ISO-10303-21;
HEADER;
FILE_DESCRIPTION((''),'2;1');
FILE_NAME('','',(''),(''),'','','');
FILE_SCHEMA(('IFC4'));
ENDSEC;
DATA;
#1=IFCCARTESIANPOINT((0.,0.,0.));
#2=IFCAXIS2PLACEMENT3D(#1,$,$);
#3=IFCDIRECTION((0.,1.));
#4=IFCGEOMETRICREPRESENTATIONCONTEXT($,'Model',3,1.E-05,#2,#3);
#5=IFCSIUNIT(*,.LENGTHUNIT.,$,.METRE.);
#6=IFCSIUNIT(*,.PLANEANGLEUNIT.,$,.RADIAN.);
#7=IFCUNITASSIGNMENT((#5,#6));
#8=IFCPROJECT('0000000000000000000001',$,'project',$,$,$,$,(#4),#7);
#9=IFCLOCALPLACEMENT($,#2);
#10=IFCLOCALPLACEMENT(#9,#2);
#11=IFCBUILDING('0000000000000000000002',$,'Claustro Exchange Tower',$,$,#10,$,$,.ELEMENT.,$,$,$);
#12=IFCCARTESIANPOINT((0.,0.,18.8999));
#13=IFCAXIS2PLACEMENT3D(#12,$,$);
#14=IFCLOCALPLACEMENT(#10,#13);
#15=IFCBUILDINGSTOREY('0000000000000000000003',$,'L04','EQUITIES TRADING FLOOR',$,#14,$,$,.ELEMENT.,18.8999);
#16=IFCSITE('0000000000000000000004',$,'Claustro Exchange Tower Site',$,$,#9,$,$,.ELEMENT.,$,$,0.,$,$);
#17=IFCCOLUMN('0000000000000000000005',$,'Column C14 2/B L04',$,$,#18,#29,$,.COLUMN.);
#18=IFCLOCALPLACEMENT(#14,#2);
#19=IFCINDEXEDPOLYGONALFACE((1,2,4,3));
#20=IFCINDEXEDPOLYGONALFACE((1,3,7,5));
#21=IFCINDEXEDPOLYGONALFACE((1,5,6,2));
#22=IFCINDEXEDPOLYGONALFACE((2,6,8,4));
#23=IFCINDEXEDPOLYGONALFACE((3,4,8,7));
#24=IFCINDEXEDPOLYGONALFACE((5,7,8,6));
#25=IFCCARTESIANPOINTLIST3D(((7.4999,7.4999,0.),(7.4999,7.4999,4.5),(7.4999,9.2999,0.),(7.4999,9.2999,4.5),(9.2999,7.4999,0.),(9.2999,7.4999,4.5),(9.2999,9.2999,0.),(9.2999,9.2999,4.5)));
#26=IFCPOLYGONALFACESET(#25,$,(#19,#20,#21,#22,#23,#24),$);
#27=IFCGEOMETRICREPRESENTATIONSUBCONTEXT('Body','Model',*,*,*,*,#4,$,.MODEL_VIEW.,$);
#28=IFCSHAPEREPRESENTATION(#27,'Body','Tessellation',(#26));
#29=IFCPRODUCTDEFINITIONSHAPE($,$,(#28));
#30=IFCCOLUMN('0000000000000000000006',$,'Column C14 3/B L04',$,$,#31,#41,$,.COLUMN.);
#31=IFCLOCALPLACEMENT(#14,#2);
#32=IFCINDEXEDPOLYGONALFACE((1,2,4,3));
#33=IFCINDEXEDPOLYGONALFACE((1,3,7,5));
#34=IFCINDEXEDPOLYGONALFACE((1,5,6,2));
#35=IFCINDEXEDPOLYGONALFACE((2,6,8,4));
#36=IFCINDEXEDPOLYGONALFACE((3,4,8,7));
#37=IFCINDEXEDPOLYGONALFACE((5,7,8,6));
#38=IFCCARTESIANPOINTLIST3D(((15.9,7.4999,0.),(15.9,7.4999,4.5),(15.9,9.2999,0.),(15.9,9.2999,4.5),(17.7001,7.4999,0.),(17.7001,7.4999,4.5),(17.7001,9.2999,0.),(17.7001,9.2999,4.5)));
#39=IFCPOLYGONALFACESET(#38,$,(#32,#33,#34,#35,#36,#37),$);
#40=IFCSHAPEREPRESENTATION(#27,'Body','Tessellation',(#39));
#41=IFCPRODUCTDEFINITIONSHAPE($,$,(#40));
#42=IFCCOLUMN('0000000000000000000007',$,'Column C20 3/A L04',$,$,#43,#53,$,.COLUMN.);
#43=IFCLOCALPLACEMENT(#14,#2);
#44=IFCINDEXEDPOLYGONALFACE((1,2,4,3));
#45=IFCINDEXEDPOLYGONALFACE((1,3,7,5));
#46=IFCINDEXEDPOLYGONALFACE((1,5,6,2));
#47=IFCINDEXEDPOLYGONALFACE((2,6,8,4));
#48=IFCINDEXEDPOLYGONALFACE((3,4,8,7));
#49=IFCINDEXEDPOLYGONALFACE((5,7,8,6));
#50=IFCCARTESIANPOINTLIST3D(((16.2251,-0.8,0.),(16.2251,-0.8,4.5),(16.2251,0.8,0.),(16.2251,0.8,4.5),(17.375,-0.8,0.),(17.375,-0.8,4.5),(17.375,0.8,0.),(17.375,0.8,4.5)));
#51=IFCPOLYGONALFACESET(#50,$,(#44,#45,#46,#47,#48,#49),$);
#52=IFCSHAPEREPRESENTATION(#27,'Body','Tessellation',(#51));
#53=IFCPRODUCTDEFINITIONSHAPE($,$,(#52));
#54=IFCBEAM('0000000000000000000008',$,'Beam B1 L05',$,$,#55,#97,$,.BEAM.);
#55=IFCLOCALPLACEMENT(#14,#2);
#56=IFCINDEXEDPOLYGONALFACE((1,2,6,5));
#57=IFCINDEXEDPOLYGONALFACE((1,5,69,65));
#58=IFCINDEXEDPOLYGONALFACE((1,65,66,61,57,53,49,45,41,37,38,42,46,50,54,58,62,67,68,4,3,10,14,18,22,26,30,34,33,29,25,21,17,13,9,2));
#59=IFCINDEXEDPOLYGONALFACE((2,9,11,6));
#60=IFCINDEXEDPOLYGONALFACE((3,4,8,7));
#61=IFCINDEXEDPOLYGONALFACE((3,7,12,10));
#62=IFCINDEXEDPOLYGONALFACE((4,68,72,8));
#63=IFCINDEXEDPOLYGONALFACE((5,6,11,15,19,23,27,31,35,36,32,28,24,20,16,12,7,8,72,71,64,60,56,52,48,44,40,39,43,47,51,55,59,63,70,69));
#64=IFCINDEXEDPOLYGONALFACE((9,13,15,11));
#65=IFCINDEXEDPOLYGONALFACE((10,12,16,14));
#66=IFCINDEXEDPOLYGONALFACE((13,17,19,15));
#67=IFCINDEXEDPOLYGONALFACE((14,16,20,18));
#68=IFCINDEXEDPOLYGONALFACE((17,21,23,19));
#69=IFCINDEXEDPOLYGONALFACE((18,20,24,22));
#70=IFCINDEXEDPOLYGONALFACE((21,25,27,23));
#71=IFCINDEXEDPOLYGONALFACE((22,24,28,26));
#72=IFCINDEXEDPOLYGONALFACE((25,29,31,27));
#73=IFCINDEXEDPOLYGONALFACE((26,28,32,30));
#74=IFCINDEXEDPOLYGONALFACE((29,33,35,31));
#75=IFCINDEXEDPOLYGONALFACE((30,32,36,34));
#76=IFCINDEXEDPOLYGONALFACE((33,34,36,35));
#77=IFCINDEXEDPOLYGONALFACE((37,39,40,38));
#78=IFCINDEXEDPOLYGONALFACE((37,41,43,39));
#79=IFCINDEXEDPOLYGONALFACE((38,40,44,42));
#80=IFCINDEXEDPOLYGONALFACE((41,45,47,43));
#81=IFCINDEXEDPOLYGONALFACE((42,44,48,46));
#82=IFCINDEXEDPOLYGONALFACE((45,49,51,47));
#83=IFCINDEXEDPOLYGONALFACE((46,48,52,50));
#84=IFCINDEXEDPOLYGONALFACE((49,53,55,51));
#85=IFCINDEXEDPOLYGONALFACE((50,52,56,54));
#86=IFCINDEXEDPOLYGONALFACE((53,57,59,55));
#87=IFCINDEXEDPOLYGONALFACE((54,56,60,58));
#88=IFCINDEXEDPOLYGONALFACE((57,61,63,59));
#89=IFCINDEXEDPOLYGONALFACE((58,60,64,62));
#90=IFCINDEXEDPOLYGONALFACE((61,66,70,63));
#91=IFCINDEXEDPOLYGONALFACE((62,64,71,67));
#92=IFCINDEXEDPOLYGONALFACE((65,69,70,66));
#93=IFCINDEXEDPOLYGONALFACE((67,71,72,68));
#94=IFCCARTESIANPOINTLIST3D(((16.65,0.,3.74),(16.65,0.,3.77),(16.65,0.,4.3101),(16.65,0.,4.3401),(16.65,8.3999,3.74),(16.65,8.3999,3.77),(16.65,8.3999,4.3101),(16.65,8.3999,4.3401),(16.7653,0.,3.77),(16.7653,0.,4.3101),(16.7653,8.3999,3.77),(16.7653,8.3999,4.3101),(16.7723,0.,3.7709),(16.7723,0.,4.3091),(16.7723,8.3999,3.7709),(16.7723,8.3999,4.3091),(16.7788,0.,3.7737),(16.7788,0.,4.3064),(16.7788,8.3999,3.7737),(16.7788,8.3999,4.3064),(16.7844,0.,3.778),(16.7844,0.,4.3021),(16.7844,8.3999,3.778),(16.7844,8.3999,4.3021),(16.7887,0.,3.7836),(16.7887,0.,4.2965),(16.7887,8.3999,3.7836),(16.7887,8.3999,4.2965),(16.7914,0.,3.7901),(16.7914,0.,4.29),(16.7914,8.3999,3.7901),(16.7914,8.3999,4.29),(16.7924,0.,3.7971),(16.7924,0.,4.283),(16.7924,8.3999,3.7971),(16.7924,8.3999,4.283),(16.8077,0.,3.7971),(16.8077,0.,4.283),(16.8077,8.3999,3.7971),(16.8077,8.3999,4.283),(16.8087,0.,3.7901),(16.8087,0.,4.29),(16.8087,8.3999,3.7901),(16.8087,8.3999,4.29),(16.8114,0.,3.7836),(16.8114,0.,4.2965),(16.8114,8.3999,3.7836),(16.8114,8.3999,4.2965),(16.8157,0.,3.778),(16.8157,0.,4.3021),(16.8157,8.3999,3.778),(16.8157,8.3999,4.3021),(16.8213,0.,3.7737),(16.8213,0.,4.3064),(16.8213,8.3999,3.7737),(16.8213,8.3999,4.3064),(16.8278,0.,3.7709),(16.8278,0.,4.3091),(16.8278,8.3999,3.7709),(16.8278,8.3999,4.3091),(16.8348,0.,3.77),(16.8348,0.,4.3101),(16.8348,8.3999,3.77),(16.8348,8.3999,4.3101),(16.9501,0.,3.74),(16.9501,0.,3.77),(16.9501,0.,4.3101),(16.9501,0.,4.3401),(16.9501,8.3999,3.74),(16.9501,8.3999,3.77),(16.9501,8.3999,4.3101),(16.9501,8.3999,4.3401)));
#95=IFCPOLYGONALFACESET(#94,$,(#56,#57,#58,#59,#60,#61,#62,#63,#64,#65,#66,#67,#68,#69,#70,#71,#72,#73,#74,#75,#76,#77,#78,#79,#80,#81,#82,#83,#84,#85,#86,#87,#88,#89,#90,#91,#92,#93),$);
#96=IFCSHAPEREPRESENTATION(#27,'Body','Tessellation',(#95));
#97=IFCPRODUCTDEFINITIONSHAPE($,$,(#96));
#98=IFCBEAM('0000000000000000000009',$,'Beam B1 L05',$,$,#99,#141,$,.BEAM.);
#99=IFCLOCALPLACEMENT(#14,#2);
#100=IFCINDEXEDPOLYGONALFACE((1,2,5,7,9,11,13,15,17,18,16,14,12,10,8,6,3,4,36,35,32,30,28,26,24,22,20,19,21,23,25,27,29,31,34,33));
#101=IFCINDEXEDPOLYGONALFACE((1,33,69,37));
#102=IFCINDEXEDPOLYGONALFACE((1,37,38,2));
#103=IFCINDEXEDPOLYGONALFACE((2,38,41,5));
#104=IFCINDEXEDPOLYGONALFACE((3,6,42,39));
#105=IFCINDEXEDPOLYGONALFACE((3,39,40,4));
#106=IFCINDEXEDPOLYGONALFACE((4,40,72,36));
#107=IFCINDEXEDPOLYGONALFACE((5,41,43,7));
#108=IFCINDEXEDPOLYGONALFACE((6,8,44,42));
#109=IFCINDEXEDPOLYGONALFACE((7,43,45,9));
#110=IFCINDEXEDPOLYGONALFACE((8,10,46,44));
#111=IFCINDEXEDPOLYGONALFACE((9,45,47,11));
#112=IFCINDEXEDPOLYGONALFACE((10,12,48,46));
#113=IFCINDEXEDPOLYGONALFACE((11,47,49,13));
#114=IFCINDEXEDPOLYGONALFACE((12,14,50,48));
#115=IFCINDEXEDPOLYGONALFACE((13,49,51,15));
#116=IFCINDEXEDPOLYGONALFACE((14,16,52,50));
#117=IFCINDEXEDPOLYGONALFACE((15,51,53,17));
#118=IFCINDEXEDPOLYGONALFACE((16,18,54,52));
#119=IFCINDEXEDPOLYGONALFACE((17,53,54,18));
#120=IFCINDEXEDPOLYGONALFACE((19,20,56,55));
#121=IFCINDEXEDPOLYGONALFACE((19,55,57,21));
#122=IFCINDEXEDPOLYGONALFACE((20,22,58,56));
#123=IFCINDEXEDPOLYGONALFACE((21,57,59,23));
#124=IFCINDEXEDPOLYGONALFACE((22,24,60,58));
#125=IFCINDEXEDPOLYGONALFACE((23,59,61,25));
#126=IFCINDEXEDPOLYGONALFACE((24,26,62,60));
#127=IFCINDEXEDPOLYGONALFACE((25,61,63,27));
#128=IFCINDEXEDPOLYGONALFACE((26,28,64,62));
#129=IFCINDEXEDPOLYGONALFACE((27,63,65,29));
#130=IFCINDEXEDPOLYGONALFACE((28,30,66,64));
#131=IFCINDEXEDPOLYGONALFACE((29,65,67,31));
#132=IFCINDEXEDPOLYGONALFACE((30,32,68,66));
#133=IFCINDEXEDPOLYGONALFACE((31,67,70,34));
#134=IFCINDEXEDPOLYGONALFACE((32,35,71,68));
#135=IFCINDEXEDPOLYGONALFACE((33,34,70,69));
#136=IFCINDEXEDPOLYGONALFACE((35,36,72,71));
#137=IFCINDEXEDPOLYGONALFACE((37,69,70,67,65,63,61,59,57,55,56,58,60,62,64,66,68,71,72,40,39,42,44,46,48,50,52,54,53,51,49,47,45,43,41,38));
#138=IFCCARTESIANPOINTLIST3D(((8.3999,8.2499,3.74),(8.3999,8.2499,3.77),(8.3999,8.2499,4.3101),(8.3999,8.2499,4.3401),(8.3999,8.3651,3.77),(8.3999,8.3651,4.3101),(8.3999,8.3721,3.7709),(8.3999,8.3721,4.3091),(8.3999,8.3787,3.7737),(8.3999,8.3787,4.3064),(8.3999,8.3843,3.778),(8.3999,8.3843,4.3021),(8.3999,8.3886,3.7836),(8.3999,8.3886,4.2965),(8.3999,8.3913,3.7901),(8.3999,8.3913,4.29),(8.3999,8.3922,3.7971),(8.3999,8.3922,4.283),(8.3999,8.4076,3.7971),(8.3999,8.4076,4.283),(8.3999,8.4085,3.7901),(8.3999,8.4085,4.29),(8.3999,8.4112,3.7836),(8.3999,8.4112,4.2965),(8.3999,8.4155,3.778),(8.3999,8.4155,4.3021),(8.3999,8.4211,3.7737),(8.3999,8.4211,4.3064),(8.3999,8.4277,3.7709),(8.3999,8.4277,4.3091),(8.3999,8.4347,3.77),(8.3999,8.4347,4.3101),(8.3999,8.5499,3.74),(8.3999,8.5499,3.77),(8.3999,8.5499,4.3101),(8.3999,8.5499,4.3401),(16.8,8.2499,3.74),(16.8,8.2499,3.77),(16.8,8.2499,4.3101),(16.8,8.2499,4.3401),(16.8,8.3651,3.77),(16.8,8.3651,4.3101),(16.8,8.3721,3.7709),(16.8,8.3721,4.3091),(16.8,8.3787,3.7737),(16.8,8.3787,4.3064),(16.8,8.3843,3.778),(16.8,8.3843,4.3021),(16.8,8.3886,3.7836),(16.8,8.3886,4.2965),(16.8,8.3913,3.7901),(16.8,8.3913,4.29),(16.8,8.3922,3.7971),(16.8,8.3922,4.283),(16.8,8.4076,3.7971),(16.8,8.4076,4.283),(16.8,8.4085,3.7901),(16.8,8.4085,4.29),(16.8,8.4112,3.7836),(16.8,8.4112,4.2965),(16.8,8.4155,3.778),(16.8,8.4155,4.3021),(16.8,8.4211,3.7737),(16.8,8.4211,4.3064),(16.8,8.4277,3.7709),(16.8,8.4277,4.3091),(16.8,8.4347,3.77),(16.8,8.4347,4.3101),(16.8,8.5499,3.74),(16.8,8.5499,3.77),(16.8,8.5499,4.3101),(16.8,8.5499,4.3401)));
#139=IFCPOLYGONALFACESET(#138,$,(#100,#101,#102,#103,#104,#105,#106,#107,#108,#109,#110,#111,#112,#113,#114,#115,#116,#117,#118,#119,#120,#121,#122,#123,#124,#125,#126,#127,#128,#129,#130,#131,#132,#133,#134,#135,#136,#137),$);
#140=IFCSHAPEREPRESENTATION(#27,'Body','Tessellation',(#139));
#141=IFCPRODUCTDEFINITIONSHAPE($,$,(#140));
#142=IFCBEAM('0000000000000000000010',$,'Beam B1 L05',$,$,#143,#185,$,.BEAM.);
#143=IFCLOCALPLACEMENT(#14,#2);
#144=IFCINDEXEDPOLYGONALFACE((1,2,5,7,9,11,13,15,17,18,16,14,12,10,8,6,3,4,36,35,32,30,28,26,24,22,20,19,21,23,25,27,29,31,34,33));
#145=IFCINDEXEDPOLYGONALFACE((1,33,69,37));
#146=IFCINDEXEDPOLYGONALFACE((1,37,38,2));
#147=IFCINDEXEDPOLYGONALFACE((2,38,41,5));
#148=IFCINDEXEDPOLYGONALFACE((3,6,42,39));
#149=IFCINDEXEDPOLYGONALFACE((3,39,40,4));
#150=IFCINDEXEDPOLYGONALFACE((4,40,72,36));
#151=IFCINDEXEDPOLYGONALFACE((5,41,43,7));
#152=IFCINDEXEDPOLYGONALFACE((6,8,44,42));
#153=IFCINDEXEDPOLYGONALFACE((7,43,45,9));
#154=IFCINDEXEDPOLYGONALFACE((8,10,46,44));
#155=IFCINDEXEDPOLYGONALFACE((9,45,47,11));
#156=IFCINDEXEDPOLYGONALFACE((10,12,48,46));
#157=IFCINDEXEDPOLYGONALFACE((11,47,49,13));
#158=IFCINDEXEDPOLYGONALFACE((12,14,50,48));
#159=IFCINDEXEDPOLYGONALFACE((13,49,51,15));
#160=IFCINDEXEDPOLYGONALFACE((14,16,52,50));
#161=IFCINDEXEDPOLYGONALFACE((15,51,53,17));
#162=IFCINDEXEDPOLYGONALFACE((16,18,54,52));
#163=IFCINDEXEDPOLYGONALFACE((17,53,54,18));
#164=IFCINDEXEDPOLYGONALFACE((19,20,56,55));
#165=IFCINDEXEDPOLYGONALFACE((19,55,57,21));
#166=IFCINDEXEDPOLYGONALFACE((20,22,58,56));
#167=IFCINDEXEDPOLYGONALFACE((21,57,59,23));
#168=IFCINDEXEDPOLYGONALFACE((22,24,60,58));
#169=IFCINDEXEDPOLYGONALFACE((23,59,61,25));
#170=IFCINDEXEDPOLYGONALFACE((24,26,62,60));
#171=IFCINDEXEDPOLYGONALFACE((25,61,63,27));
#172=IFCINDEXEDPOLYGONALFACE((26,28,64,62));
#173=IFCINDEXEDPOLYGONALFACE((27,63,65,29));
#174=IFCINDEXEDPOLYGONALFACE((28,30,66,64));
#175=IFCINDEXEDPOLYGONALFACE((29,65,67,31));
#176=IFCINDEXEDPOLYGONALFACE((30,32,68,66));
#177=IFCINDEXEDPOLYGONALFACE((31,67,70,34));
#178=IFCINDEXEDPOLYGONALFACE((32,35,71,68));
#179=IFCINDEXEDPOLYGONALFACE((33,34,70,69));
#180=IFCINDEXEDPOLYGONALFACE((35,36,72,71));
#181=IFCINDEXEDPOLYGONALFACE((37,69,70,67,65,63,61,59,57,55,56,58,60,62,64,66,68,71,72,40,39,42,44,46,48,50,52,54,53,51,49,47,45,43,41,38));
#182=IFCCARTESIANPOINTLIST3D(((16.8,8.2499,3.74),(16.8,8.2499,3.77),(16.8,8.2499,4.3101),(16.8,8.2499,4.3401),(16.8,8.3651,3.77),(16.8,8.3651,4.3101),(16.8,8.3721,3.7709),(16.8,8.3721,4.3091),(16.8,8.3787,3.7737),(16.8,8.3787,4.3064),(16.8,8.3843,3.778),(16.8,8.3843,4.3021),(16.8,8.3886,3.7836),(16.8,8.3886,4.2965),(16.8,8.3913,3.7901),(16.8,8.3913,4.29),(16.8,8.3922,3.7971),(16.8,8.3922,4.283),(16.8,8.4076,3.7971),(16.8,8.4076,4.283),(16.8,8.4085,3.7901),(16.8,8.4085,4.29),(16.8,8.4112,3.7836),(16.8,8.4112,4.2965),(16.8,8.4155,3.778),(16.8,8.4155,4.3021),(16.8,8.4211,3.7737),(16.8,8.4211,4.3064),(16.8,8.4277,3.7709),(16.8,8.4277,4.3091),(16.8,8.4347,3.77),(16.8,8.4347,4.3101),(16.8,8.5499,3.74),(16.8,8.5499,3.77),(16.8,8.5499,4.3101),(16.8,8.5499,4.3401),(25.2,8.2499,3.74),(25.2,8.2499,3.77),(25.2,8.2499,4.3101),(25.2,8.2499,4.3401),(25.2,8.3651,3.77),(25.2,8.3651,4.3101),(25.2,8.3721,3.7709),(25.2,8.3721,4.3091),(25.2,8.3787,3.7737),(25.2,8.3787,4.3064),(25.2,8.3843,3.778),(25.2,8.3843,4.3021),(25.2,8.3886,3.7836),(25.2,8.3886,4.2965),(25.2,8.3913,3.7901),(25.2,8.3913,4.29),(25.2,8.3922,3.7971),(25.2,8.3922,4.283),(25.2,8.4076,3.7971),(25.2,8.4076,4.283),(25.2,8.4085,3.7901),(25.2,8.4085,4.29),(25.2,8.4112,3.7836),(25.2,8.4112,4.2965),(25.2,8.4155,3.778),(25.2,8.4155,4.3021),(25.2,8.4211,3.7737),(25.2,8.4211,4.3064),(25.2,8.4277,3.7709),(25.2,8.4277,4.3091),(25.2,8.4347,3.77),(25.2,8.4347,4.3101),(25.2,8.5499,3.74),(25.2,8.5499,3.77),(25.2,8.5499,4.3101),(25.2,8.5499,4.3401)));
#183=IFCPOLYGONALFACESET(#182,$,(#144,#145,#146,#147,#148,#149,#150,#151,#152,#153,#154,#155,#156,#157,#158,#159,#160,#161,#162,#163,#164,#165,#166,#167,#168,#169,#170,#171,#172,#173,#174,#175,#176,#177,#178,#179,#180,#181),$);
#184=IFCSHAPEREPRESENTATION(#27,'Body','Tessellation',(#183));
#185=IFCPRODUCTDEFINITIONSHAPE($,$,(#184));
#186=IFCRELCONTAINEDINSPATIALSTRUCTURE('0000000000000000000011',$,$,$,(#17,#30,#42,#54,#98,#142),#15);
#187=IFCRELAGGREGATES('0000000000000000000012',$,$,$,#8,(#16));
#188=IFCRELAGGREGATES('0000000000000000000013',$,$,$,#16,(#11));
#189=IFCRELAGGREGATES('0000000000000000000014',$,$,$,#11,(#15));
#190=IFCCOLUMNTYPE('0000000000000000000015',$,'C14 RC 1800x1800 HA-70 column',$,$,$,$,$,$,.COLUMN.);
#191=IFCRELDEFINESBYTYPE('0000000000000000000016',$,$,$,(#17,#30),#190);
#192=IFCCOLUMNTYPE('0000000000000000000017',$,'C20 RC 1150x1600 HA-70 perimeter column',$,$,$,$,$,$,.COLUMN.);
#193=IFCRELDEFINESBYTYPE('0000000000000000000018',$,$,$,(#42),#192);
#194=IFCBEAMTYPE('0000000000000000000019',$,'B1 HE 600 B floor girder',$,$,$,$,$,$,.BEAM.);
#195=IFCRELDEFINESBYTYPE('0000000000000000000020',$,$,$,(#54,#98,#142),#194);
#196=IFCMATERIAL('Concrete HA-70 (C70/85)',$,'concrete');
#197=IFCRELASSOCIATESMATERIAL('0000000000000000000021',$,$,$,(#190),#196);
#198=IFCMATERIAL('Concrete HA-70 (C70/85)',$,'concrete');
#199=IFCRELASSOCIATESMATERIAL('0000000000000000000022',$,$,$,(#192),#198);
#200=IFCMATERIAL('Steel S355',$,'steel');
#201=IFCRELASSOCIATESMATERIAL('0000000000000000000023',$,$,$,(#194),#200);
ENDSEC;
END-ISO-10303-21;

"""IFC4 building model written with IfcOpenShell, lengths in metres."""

from ifc_helpers import new_model, si_unit, direction, frame, origin, origin_2d, place, context, subcontext, project, spatial, rectangle, i_section, extrude, material, material_profile, profile_set, type_object, element, save


model = new_model("IFC4")

# Units and contexts
model_context = context("Model", 3, precision=1e-05, world=origin(), true_north=direction((0.0, 1.0)))
body_context = subcontext(model_context, "Body", "Model", "MODEL_VIEW")
ifc_project = project(units=[si_unit("LENGTHUNIT", "METRE"), si_unit("PLANEANGLEUNIT", "RADIAN")], contexts=[model_context])

# Site, building, storey
site_placement = place(None, origin())
site = spatial("IfcSite", under=ifc_project, at=site_placement, Name="Claustro Exchange Tower Site", CompositionType="ELEMENT", RefElevation=0.0)
building_placement = place(site_placement, origin())
building = spatial("IfcBuilding", under=site, at=building_placement, Name="Claustro Exchange Tower", CompositionType="ELEMENT")
storey_placement = place(building_placement, frame((0.0, 0.0, 18.8999)))
storey = spatial("IfcBuildingStorey", under=building, at=storey_placement, Name="L04", Description="EQUITIES TRADING FLOOR", CompositionType="ELEMENT", Elevation=18.8999)

# Columns
ifc_material_1 = material(Name="Concrete HA-70 (C70/85)", Category="concrete")
ifc_material_profile_1 = material_profile(ifc_material_1, rectangle(XDim=1.8, YDim=1.8, at=origin_2d()), Name="RC 1800x1800")
ifc_profile_set_1 = profile_set([ifc_material_profile_1], Name="Concrete HA-70 (C70/85)")
column_type_1 = type_object("IfcColumnType", Name="C14 RC 1800x1800 HA-70 column", PredefinedType="COLUMN", material=ifc_profile_set_1)
for number, where, z_axis, x_axis, name in (
    (1, (8.3999, 8.3999, 0.0), (0.0, 0.0, 1.0), (1.0, 0.0, 0.0), "Column C14 2/B L04"),
    (2, (16.8, 8.3999, 0.0), (0.0, 0.0, 1.0), (1.0, 0.0, 0.0), "Column C14 3/B L04"),
):
    element("IfcColumn", number, at=place(storey_placement, frame(where, z_axis=z_axis, x_axis=x_axis)), inside=storey, type_object=column_type_1, Name=name, PredefinedType="COLUMN", context=body_context, shape_type="SweptSolid", body=[
        extrude(rectangle(XDim=1.8, YDim=1.8, at=origin_2d()), origin(), (0.0, 0.0, 1.0), 4.5),
    ])
ifc_material_2 = material(Name="Concrete HA-70 (C70/85)", Category="concrete")
ifc_material_profile_2 = material_profile(ifc_material_2, rectangle(XDim=1.1499, YDim=1.6001, at=origin_2d()), Name="RC 1150x1600")
ifc_profile_set_2 = profile_set([ifc_material_profile_2], Name="Concrete HA-70 (C70/85)")
column_type_2 = type_object("IfcColumnType", Name="C20 RC 1150x1600 HA-70 perimeter column", PredefinedType="COLUMN", material=ifc_profile_set_2)
column_placement = place(storey_placement, frame((16.8, 0.0, 0.0), z_axis=(0.0, 0.0, 1.0), x_axis=(1.0, 0.0, 0.0)))
element("IfcColumn", 3, at=column_placement, inside=storey, type_object=column_type_2, Name="Column C20 3/A L04", PredefinedType="COLUMN", context=body_context, shape_type="SweptSolid", body=[
    extrude(rectangle(XDim=1.1499, YDim=1.6001, at=origin_2d()), origin(), (0.0, 0.0, 1.0), 4.5),
])

# Beams
ifc_material_3 = material(Name="Steel S355", Category="steel")
ifc_material_profile_3 = material_profile(ifc_material_3, i_section(OverallWidth=0.3, OverallDepth=0.6001, WebThickness=0.0154, FlangeThickness=0.03, FilletRadius=0.0271, at=origin_2d()), Name="HE 600 B")
ifc_profile_set_3 = profile_set([ifc_material_profile_3], Name="Steel S355")
beam_type_1 = type_object("IfcBeamType", Name="B1 HE 600 B floor girder", PredefinedType="BEAM", material=ifc_profile_set_3)
beam_1_placement = place(storey_placement, frame((16.8, 0.0, 4.04), z_axis=(0.0, 1.0, 0.0), x_axis=(-1.0, 0.0, 0.0)))
element("IfcBeam", 4, at=beam_1_placement, inside=storey, type_object=beam_type_1, Name="Beam B1 L05", PredefinedType="BEAM", context=body_context, shape_type="SweptSolid", body=[
    extrude(i_section(OverallWidth=0.3, OverallDepth=0.6001, WebThickness=0.0154, FlangeThickness=0.03, FilletRadius=0.0271, at=origin_2d()), origin(), (0.0, 0.0, 1.0), 8.3999),
])
beam_2_placement = place(storey_placement, frame((8.3999, 8.3999, 4.04), z_axis=(1.0, 0.0, 0.0), x_axis=(0.0, 1.0, 0.0)))
element("IfcBeam", 5, at=beam_2_placement, inside=storey, type_object=beam_type_1, Name="Beam B1 L05", PredefinedType="BEAM", context=body_context, shape_type="SweptSolid", body=[
    extrude(i_section(OverallWidth=0.3, OverallDepth=0.6001, WebThickness=0.0154, FlangeThickness=0.03, FilletRadius=0.0271, at=origin_2d()), origin(), (0.0, 0.0, 1.0), 8.4001),
])
beam_3_placement = place(storey_placement, frame((16.8, 8.3999, 4.04), z_axis=(1.0, 0.0, 0.0), x_axis=(0.0, 1.0, 0.0)))
element("IfcBeam", 6, at=beam_3_placement, inside=storey, type_object=beam_type_1, Name="Beam B1 L05", PredefinedType="BEAM", context=body_context, shape_type="SweptSolid", body=[
    extrude(i_section(OverallWidth=0.3, OverallDepth=0.6001, WebThickness=0.0154, FlangeThickness=0.03, FilletRadius=0.0271, at=origin_2d()), origin(), (0.0, 0.0, 1.0), 8.3999),
])

save(model, "model.ifc")
